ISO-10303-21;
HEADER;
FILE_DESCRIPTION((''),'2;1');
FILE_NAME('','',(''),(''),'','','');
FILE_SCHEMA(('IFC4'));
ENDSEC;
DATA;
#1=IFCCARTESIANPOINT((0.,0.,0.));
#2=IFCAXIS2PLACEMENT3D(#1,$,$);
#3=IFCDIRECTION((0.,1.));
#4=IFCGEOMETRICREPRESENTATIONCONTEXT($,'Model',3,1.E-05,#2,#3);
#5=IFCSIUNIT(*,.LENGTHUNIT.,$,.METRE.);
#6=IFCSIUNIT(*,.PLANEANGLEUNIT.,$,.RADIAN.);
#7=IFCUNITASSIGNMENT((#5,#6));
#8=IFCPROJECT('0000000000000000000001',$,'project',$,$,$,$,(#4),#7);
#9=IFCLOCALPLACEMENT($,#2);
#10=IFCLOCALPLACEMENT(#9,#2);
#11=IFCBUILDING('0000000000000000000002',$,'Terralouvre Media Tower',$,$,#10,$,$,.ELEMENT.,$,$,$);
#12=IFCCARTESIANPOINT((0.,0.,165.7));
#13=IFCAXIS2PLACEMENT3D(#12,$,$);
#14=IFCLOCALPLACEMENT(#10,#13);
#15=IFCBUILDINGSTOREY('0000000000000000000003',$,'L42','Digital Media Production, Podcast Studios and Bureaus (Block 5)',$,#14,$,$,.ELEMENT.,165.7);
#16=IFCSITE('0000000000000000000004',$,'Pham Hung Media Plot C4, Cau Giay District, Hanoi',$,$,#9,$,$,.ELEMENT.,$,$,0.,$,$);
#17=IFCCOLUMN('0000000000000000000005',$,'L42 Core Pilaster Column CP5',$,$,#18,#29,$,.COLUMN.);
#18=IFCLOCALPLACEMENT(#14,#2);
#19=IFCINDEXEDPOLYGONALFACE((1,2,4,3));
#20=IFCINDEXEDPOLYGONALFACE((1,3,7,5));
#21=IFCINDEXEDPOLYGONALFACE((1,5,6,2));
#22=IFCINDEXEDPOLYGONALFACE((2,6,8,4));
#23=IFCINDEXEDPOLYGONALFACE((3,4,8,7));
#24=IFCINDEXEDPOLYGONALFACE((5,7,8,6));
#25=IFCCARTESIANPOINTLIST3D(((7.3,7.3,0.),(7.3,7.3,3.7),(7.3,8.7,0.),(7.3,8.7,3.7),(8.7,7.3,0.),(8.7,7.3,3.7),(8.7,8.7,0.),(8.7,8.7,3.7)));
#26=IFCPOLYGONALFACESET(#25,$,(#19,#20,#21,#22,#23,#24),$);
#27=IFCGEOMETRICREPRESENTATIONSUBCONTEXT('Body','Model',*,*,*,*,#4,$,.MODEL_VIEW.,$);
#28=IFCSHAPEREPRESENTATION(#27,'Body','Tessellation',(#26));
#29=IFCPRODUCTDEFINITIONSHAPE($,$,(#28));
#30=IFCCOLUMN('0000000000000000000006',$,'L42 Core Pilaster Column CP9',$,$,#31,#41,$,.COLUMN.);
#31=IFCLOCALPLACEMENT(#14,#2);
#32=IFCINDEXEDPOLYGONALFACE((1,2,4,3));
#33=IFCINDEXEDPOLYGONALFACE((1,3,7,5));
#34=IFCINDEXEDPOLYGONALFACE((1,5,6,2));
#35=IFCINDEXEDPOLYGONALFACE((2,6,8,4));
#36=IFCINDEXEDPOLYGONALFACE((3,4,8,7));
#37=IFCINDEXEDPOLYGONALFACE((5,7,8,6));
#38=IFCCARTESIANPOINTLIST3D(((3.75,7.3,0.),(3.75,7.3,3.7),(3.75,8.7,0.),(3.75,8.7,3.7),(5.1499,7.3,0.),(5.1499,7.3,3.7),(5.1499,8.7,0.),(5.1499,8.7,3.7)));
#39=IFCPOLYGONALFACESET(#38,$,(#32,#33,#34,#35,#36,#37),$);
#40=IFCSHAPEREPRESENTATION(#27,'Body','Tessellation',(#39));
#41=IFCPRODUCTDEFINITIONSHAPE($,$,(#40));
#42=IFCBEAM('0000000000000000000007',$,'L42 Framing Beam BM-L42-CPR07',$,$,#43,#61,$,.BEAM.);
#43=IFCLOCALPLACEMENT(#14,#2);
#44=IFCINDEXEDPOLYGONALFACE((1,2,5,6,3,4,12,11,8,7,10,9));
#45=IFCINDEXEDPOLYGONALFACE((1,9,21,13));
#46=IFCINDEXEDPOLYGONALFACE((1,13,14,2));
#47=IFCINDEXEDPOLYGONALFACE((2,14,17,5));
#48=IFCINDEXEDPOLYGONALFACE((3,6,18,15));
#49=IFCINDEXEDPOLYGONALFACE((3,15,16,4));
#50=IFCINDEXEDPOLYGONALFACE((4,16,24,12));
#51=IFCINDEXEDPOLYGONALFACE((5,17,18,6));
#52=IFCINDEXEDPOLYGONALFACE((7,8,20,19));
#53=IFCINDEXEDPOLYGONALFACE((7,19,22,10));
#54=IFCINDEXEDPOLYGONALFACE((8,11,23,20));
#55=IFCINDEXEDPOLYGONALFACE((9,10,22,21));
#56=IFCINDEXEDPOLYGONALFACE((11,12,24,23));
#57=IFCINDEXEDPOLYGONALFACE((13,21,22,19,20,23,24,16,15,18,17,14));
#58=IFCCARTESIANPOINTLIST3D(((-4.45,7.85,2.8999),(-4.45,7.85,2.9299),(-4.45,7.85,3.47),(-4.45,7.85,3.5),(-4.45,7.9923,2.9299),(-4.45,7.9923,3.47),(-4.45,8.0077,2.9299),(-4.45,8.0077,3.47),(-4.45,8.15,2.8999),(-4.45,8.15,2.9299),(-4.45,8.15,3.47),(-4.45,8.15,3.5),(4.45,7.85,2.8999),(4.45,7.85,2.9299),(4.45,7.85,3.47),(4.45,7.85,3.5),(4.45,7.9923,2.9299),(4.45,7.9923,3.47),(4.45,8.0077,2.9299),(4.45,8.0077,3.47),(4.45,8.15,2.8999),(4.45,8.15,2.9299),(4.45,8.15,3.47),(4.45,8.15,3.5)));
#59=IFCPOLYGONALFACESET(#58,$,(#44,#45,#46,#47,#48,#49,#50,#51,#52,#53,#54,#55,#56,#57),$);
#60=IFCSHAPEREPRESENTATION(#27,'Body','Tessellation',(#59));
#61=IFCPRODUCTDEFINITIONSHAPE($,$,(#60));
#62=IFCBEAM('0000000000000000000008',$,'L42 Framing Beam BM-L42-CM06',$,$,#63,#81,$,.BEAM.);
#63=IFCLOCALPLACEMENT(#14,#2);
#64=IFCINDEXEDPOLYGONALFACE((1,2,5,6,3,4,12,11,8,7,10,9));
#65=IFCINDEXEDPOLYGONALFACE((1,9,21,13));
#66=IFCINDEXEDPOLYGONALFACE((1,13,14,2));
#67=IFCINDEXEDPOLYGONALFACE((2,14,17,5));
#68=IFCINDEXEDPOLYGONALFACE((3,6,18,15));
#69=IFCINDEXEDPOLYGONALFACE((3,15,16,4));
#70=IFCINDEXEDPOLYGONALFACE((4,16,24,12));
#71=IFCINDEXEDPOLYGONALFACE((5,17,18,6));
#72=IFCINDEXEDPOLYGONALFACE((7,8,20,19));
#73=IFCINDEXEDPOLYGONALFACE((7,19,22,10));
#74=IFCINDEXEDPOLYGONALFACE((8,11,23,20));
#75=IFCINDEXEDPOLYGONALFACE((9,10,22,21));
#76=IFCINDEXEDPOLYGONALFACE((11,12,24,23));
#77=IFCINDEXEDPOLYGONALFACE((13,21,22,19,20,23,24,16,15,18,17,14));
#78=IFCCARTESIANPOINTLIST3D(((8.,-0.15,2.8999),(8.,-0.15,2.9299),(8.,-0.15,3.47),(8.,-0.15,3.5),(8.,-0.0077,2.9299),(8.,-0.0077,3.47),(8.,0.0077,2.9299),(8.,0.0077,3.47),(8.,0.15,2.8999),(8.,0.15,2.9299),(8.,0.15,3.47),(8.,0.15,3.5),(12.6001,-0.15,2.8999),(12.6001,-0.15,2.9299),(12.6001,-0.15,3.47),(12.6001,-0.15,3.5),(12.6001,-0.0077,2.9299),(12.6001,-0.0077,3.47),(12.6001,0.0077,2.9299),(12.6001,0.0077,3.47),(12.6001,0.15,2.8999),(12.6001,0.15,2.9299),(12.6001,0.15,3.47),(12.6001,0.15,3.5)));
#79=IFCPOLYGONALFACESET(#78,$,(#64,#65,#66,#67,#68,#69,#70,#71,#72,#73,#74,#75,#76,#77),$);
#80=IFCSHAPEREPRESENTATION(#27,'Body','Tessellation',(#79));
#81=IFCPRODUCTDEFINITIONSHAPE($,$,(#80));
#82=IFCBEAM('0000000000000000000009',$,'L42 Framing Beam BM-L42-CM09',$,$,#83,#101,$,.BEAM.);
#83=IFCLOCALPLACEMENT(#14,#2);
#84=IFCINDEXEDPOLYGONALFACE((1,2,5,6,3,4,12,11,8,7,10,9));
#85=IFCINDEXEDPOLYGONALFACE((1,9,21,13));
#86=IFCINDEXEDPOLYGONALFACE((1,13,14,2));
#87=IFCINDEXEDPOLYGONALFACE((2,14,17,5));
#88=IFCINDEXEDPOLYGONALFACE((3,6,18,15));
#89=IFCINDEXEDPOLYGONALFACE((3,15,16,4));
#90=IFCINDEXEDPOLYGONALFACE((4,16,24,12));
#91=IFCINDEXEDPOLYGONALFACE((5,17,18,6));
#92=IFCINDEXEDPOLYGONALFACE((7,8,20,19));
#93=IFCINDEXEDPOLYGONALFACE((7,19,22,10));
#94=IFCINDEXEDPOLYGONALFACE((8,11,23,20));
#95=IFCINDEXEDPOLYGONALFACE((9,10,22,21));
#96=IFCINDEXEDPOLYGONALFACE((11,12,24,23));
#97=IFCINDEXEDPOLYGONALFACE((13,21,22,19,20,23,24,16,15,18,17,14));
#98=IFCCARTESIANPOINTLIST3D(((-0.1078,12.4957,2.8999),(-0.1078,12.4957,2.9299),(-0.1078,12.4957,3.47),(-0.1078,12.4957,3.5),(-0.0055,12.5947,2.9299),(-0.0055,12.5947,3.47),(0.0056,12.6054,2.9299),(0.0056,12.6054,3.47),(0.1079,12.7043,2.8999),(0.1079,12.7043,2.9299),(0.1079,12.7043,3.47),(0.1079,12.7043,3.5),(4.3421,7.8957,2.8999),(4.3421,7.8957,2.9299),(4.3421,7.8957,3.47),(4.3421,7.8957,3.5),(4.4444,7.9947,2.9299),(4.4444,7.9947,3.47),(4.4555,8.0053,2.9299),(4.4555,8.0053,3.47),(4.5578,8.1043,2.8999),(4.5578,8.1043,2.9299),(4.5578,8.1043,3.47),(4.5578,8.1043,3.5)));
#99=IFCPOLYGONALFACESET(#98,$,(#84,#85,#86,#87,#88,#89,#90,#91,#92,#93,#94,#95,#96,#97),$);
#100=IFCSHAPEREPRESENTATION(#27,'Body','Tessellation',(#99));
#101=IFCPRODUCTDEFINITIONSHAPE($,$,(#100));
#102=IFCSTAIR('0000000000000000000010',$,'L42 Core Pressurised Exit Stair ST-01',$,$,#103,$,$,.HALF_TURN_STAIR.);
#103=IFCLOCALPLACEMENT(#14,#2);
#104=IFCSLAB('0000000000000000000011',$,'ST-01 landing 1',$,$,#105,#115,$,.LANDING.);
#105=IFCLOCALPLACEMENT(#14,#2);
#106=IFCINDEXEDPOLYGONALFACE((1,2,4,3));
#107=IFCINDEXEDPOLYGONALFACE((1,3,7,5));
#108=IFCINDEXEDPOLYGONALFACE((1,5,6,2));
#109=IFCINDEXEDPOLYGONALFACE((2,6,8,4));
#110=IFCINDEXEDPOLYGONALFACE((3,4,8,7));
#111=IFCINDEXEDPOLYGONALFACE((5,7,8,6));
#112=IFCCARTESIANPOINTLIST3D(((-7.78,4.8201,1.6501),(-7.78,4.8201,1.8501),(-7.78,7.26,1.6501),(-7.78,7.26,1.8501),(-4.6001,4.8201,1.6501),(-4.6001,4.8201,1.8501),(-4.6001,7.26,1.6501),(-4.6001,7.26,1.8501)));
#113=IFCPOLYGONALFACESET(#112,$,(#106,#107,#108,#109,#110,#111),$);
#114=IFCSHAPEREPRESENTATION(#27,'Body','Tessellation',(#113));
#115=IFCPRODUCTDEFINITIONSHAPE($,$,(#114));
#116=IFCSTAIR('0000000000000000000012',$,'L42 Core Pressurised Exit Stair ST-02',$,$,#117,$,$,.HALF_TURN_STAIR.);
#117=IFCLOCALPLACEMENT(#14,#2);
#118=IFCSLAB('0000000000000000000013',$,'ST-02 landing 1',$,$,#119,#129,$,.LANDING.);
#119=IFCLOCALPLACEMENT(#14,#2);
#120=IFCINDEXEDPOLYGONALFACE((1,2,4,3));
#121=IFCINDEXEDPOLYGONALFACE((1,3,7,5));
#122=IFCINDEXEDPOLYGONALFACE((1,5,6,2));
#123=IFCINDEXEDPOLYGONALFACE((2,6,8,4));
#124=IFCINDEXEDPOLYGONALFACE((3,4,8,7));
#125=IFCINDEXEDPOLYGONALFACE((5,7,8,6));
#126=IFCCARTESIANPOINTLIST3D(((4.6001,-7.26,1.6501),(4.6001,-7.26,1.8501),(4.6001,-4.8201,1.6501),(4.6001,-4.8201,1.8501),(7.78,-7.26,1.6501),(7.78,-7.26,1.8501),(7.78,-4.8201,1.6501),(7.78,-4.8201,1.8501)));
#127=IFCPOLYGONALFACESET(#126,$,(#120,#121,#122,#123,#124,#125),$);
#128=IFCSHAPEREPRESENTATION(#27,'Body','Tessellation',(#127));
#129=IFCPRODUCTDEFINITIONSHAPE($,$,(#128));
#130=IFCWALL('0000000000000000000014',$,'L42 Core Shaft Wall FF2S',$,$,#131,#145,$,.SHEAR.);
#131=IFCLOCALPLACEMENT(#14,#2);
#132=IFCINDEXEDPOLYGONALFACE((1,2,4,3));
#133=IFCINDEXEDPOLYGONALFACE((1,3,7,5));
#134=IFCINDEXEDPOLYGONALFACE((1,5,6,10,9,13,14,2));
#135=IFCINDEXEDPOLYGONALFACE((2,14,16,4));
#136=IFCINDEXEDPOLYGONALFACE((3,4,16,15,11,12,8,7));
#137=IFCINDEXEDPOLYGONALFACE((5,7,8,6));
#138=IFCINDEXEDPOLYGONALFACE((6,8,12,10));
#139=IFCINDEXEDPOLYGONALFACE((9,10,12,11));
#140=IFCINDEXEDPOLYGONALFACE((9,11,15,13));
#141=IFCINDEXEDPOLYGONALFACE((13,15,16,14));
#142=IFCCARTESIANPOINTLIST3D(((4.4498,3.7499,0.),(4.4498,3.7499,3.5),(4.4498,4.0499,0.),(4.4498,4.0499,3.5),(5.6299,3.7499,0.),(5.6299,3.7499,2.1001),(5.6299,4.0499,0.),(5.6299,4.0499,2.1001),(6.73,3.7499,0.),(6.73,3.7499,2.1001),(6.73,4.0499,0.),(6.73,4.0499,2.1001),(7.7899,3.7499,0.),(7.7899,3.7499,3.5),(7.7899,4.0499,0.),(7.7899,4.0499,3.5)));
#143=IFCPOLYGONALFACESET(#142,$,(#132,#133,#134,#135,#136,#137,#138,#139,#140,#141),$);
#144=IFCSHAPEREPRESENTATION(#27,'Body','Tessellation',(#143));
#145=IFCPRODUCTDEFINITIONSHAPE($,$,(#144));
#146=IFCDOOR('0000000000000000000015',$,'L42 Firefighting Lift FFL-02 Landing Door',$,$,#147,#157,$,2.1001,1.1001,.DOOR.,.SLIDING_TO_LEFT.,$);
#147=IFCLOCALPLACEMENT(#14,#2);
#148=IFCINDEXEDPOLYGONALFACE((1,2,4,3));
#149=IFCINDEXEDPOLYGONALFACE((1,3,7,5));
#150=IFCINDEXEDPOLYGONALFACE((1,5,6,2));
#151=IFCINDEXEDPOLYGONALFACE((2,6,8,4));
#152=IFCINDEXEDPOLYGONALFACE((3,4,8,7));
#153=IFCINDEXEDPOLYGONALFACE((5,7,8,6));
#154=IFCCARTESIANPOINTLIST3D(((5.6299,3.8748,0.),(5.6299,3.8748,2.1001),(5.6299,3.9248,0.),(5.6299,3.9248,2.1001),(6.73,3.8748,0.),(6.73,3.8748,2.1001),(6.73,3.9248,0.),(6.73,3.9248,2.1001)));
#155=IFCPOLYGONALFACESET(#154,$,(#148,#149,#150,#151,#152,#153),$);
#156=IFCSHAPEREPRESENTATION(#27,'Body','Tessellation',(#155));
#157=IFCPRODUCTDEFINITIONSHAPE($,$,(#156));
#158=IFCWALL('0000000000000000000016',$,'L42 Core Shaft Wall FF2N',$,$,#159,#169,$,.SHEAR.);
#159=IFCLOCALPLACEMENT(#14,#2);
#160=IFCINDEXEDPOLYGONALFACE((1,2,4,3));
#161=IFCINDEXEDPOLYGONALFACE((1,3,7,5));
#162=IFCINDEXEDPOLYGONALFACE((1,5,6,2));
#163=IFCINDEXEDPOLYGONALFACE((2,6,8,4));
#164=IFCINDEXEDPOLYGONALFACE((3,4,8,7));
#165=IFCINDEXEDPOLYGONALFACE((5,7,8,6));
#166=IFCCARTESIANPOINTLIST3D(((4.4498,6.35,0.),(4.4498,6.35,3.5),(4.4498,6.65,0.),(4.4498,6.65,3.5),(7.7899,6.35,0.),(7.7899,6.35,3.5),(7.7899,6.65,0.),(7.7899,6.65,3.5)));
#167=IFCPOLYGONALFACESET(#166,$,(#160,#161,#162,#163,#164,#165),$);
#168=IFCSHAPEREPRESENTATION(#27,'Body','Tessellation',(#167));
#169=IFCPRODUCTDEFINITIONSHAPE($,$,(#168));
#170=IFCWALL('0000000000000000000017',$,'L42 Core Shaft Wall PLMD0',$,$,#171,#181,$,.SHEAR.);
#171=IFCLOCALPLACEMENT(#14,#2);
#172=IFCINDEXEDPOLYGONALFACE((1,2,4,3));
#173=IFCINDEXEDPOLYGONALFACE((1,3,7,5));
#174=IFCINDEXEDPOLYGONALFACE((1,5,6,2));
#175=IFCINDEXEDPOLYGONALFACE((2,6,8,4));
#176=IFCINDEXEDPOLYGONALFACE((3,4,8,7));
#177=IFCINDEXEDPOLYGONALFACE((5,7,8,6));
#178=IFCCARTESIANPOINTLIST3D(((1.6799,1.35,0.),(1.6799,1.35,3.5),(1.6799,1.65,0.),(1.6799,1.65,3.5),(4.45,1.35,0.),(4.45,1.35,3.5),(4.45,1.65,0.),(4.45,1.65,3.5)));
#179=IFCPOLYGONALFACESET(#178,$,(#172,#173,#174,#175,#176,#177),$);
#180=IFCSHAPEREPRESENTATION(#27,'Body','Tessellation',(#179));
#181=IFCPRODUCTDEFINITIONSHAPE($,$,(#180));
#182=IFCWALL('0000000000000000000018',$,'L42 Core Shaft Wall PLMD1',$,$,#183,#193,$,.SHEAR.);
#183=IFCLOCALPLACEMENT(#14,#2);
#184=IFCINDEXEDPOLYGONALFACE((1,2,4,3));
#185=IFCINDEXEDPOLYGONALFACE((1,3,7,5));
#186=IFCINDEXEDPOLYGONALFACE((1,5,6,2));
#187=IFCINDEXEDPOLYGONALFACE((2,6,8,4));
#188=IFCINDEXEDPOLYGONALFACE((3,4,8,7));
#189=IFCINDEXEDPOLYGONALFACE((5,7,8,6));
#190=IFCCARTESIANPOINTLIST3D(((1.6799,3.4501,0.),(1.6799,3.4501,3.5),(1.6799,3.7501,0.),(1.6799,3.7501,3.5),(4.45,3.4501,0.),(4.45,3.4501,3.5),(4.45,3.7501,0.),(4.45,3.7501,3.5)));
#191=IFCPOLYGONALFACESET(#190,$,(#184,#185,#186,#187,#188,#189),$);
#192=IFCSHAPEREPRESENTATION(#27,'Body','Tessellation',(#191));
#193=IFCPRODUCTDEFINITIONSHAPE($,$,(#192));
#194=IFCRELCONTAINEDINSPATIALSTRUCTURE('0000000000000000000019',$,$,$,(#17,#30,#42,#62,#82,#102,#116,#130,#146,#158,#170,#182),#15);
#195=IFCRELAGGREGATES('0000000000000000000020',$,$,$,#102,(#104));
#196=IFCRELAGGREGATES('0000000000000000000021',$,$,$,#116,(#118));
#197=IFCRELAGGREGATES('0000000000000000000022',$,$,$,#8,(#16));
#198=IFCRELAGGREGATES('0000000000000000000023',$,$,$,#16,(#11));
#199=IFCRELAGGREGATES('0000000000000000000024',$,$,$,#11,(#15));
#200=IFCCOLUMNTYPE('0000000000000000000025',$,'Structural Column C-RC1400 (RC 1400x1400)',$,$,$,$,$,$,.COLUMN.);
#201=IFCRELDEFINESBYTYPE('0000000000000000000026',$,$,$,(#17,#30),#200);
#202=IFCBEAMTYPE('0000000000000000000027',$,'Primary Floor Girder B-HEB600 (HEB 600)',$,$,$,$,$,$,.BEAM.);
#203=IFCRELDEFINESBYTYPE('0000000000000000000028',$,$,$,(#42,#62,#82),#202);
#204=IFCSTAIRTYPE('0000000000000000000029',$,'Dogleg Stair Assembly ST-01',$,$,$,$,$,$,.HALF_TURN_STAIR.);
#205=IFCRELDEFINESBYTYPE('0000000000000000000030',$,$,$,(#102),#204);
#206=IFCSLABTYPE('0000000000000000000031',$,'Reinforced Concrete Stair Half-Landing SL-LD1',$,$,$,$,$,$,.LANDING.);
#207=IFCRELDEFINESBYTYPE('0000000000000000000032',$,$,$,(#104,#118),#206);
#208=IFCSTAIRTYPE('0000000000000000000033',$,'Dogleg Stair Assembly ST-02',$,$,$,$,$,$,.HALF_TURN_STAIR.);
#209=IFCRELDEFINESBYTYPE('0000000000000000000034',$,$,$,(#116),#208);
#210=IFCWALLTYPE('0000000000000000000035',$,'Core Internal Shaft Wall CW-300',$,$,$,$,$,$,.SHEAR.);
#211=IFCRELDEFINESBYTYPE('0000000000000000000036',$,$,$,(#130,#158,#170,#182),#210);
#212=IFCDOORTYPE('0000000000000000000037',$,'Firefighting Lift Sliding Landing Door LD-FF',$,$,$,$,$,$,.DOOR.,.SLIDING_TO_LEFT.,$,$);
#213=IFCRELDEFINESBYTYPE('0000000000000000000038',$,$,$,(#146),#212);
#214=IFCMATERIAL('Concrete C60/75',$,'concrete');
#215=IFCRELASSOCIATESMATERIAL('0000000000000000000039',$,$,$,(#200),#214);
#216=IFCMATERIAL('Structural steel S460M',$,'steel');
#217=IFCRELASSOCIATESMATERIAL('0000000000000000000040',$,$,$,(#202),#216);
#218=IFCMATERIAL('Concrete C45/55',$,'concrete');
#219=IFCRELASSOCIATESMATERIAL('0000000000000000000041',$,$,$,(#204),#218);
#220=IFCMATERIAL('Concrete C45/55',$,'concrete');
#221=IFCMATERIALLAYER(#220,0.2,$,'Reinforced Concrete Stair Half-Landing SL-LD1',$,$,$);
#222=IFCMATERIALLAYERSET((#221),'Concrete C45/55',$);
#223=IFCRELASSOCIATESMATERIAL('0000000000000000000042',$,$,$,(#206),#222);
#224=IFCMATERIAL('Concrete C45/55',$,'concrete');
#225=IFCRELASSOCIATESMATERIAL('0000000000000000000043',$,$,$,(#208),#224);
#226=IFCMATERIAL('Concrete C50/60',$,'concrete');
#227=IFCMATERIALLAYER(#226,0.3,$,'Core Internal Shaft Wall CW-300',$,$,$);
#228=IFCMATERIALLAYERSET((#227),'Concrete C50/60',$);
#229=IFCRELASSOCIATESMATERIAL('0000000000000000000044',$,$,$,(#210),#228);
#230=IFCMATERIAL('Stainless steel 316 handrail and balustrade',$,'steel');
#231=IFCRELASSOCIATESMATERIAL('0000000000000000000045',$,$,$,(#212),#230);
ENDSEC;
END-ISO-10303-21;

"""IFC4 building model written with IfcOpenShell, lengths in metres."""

from ifc_helpers import new_model, si_unit, direction, frame, frame_2d, origin, origin_2d, place, context, subcontext, project, spatial, polyline, rectangle, i_section, outline, extrude, material, layer, layer_set, material_profile, profile_set, type_object, element, fill, aggregate, save


model = new_model("IFC4")

# Units and contexts
model_context = context("Model", 3, precision=1e-05, world=origin(), true_north=direction((0.0, 1.0)))
body_context = subcontext(model_context, "Body", "Model", "MODEL_VIEW")
ifc_project = project(units=[si_unit("LENGTHUNIT", "METRE"), si_unit("PLANEANGLEUNIT", "RADIAN")], contexts=[model_context])

# Site, building, storey
site_placement = place(None, origin())
site = spatial("IfcSite", under=ifc_project, at=site_placement, Name="Pham Hung Media Plot C4, Cau Giay District, Hanoi", CompositionType="ELEMENT", RefElevation=0.0)
building_placement = place(site_placement, origin())
building = spatial("IfcBuilding", under=site, at=building_placement, Name="Terralouvre Media Tower", CompositionType="ELEMENT")
storey_placement = place(building_placement, frame((0.0, 0.0, 165.7)))
storey = spatial("IfcBuildingStorey", under=building, at=storey_placement, Name="L42", Description="Digital Media Production, Podcast Studios and Bureaus (Block 5)", CompositionType="ELEMENT", Elevation=165.7)

# Columns
ifc_material_1 = material(Name="Concrete C60/75", Category="concrete")
ifc_material_profile_1 = material_profile(ifc_material_1, rectangle(XDim=1.3999, YDim=1.3999, at=origin_2d()), Name="RC 1400x1400")
ifc_profile_set_1 = profile_set([ifc_material_profile_1], Name="Concrete C60/75")
column_type = type_object("IfcColumnType", Name="Structural Column C-RC1400 (RC 1400x1400)", PredefinedType="COLUMN", material=ifc_profile_set_1)
for number, where, z_axis, x_axis, name in (
    (1, (8.0, 8.0, 0.0), (0.0, 0.0, 1.0), (1.0, 0.0, 0.0), "L42 Core Pilaster Column CP5"),
    (2, (4.45, 8.0, 0.0), (0.0, 0.0, 1.0), (1.0, 0.0, 0.0), "L42 Core Pilaster Column CP9"),
):
    element("IfcColumn", number, at=place(storey_placement, frame(where, z_axis=z_axis, x_axis=x_axis)), inside=storey, type_object=column_type, Name=name, PredefinedType="COLUMN", context=body_context, shape_type="SweptSolid", body=[
        extrude(rectangle(XDim=1.3999, YDim=1.3999, at=origin_2d()), origin(), (0.0, 0.0, 1.0), 3.7),
    ])

# Beams
ifc_material_2 = material(Name="Structural steel S460M", Category="steel")
ifc_material_profile_2 = material_profile(ifc_material_2, i_section(OverallWidth=0.3, OverallDepth=0.6001, WebThickness=0.0154, FlangeThickness=0.03, at=origin_2d()), Name="HEB 600")
ifc_profile_set_2 = profile_set([ifc_material_profile_2], Name="Structural steel S460M")
beam_type = type_object("IfcBeamType", Name="Primary Floor Girder B-HEB600 (HEB 600)", PredefinedType="BEAM", material=ifc_profile_set_2)
beam_1_placement = place(storey_placement, frame((4.45, 8.0, 3.2), z_axis=(-1.0, 0.0, 0.0), x_axis=(0.0, -1.0, 0.0)))
element("IfcBeam", 3, at=beam_1_placement, inside=storey, type_object=beam_type, Name="L42 Framing Beam BM-L42-CPR07", PredefinedType="BEAM", context=body_context, shape_type="SweptSolid", body=[
    extrude(i_section(OverallWidth=0.3, OverallDepth=0.6001, WebThickness=0.0154, FlangeThickness=0.03, at=origin_2d()), origin(), (0.0, 0.0, 1.0), 8.8999),
])
beam_2_placement = place(storey_placement, frame((8.0, 0.0, 3.2), z_axis=(1.0, 0.0, 0.0), x_axis=(0.0, 1.0, 0.0)))
element("IfcBeam", 4, at=beam_2_placement, inside=storey, type_object=beam_type, Name="L42 Framing Beam BM-L42-CM06", PredefinedType="BEAM", context=body_context, shape_type="SweptSolid", body=[
    extrude(i_section(OverallWidth=0.3, OverallDepth=0.6001, WebThickness=0.0154, FlangeThickness=0.03, at=origin_2d()), origin(), (0.0, 0.0, 1.0), 4.6001),
])
beam_3_placement = place(storey_placement, frame((4.45, 8.0, 3.2), z_axis=(-0.69528, 0.718739, 0.0), x_axis=(-0.718739, -0.69528, 0.0)))
element("IfcBeam", 5, at=beam_3_placement, inside=storey, type_object=beam_type, Name="L42 Framing Beam BM-L42-CM09", PredefinedType="BEAM", context=body_context, shape_type="SweptSolid", body=[
    extrude(i_section(OverallWidth=0.3, OverallDepth=0.6001, WebThickness=0.0154, FlangeThickness=0.03, at=origin_2d()), origin(), (0.0, 0.0, 1.0), 6.4001),
])

# Stairs, slabs
ifc_material_3 = material(Name="Concrete C45/55", Category="concrete")
stair_type_1 = type_object("IfcStairType", Name="Dogleg Stair Assembly ST-01", PredefinedType="HALF_TURN_STAIR", material=ifc_material_3)
stair_1_placement = place(storey_placement, origin())
stair_1 = element("IfcStair", 6, at=stair_1_placement, inside=storey, type_object=stair_type_1, Name="L42 Core Pressurised Exit Stair ST-01", PredefinedType="HALF_TURN_STAIR")
ifc_material_4 = material(Name="Concrete C45/55", Category="concrete")
ifc_layer_1 = layer(ifc_material_4, 0.2, Name="Reinforced Concrete Stair Half-Landing SL-LD1")
ifc_layer_set_1 = layer_set([ifc_layer_1], Name="Concrete C45/55")
slab_type = type_object("IfcSlabType", Name="Reinforced Concrete Stair Half-Landing SL-LD1", PredefinedType="LANDING", material=ifc_layer_set_1)
slab_1_placement = place(storey_placement, frame((0.0, 0.0, 1.6501)))
slab_1 = element("IfcSlab", 7, at=slab_1_placement, type_object=slab_type, Name="ST-01 landing 1", PredefinedType="LANDING", context=body_context, shape_type="SweptSolid", body=[
    extrude(outline(polyline([(-4.6001, 4.8201), (-4.6001, 7.26), (-7.78, 7.26), (-7.78, 4.8201), (-4.6001, 4.8201)])), origin(), (0.0, 0.0, 1.0), 0.2),
])
aggregate(stair_1, [slab_1])
ifc_material_5 = material(Name="Concrete C45/55", Category="concrete")
stair_type_2 = type_object("IfcStairType", Name="Dogleg Stair Assembly ST-02", PredefinedType="HALF_TURN_STAIR", material=ifc_material_5)
stair_2_placement = place(storey_placement, origin())
stair_2 = element("IfcStair", 8, at=stair_2_placement, inside=storey, type_object=stair_type_2, Name="L42 Core Pressurised Exit Stair ST-02", PredefinedType="HALF_TURN_STAIR")
slab_2_placement = place(storey_placement, frame((0.0, 0.0, 1.6501)))
slab_2 = element("IfcSlab", 9, at=slab_2_placement, type_object=slab_type, Name="ST-02 landing 1", PredefinedType="LANDING", context=body_context, shape_type="SweptSolid", body=[
    extrude(outline(polyline([(4.6001, -4.8201), (4.6001, -7.26), (7.78, -7.26), (7.78, -4.8201), (4.6001, -4.8201)])), origin(), (0.0, 0.0, 1.0), 0.2),
])
aggregate(stair_2, [slab_2])

# Wall, opening, door
ifc_material_6 = material(Name="Concrete C50/60", Category="concrete")
ifc_layer_2 = layer(ifc_material_6, 0.3, Name="Core Internal Shaft Wall CW-300")
ifc_layer_set_2 = layer_set([ifc_layer_2], Name="Concrete C50/60")
wall_type = type_object("IfcWallType", Name="Core Internal Shaft Wall CW-300", PredefinedType="SHEAR", material=ifc_layer_set_2)
wall_1_placement = place(storey_placement, frame((4.45, 3.8999, 0.0), z_axis=(0.0, 0.0, 1.0), x_axis=(1.0, 0.0, 0.0)))
wall_1 = element("IfcWall", 10, at=wall_1_placement, inside=storey, type_object=wall_type, Name="L42 Core Shaft Wall FF2S", PredefinedType="SHEAR", context=body_context, shape_type="SweptSolid", body=[
    extrude(rectangle(XDim=3.3401, YDim=0.3, at=frame_2d((1.6699, 0.0))), origin(), (0.0, 0.0, 1.0), 3.5),
])
opening_placement = place(wall_1_placement, frame((1.1799, 0.0, 0.0)))
opening = element("IfcOpeningElement", 11, at=opening_placement, cuts=wall_1, PredefinedType="OPENING", context=body_context, shape_type="SweptSolid", body=[
    extrude(rectangle(XDim=1.1001, YDim=2.1001, at=frame_2d((0.55, 1.05))), frame((0.0, 0.1599, 0.0), z_axis=(0.0, -1.0, 0.0), x_axis=(1.0, 0.0, 0.0)), (0.0, 0.0, 1.0), 0.3201),
])
ifc_material_7 = material(Name="Stainless steel 316 handrail and balustrade", Category="steel")
door_type = type_object("IfcDoorType", Name="Firefighting Lift Sliding Landing Door LD-FF", OperationType="SLIDING_TO_LEFT", PredefinedType="DOOR", material=ifc_material_7)
door_placement = place(opening_placement, origin())
door = element("IfcDoor", 12, at=door_placement, inside=storey, type_object=door_type, Name="L42 Firefighting Lift FFL-02 Landing Door", OperationType="SLIDING_TO_LEFT", OverallHeight=2.1001, OverallWidth=1.1001, PredefinedType="DOOR", context=body_context, shape_type="SweptSolid", body=[
    extrude(rectangle(XDim=1.1001, YDim=2.1001, at=frame_2d((0.55, 1.05))), frame((0.0, 0.0249, 0.0), z_axis=(0.0, -1.0, 0.0), x_axis=(1.0, 0.0, 0.0)), (0.0, 0.0, 1.0), 0.05),
])
fill(opening, door)

# Walls
wall_2_placement = place(storey_placement, frame((4.45, 6.5, 0.0), z_axis=(0.0, 0.0, 1.0), x_axis=(1.0, 0.0, 0.0)))
element("IfcWall", 13, at=wall_2_placement, inside=storey, type_object=wall_type, Name="L42 Core Shaft Wall FF2N", PredefinedType="SHEAR", context=body_context, shape_type="SweptSolid", body=[
    extrude(rectangle(XDim=3.3401, YDim=0.3, at=frame_2d((1.6699, 0.0))), origin(), (0.0, 0.0, 1.0), 3.5),
])
for number, where, z_axis, x_axis, name in (
    (14, (1.6799, 1.5, 0.0), (0.0, 0.0, 1.0), (1.0, 0.0, 0.0), "L42 Core Shaft Wall PLMD0"),
    (15, (1.6799, 3.6001, 0.0), (0.0, 0.0, 1.0), (1.0, 0.0, 0.0), "L42 Core Shaft Wall PLMD1"),
):
    element("IfcWall", number, at=place(storey_placement, frame(where, z_axis=z_axis, x_axis=x_axis)), inside=storey, type_object=wall_type, Name=name, PredefinedType="SHEAR", context=body_context, shape_type="SweptSolid", body=[
        extrude(rectangle(XDim=2.77, YDim=0.3, at=frame_2d((1.385, 0.0))), origin(), (0.0, 0.0, 1.0), 3.5),
    ])

save(model, "model.ifc")
